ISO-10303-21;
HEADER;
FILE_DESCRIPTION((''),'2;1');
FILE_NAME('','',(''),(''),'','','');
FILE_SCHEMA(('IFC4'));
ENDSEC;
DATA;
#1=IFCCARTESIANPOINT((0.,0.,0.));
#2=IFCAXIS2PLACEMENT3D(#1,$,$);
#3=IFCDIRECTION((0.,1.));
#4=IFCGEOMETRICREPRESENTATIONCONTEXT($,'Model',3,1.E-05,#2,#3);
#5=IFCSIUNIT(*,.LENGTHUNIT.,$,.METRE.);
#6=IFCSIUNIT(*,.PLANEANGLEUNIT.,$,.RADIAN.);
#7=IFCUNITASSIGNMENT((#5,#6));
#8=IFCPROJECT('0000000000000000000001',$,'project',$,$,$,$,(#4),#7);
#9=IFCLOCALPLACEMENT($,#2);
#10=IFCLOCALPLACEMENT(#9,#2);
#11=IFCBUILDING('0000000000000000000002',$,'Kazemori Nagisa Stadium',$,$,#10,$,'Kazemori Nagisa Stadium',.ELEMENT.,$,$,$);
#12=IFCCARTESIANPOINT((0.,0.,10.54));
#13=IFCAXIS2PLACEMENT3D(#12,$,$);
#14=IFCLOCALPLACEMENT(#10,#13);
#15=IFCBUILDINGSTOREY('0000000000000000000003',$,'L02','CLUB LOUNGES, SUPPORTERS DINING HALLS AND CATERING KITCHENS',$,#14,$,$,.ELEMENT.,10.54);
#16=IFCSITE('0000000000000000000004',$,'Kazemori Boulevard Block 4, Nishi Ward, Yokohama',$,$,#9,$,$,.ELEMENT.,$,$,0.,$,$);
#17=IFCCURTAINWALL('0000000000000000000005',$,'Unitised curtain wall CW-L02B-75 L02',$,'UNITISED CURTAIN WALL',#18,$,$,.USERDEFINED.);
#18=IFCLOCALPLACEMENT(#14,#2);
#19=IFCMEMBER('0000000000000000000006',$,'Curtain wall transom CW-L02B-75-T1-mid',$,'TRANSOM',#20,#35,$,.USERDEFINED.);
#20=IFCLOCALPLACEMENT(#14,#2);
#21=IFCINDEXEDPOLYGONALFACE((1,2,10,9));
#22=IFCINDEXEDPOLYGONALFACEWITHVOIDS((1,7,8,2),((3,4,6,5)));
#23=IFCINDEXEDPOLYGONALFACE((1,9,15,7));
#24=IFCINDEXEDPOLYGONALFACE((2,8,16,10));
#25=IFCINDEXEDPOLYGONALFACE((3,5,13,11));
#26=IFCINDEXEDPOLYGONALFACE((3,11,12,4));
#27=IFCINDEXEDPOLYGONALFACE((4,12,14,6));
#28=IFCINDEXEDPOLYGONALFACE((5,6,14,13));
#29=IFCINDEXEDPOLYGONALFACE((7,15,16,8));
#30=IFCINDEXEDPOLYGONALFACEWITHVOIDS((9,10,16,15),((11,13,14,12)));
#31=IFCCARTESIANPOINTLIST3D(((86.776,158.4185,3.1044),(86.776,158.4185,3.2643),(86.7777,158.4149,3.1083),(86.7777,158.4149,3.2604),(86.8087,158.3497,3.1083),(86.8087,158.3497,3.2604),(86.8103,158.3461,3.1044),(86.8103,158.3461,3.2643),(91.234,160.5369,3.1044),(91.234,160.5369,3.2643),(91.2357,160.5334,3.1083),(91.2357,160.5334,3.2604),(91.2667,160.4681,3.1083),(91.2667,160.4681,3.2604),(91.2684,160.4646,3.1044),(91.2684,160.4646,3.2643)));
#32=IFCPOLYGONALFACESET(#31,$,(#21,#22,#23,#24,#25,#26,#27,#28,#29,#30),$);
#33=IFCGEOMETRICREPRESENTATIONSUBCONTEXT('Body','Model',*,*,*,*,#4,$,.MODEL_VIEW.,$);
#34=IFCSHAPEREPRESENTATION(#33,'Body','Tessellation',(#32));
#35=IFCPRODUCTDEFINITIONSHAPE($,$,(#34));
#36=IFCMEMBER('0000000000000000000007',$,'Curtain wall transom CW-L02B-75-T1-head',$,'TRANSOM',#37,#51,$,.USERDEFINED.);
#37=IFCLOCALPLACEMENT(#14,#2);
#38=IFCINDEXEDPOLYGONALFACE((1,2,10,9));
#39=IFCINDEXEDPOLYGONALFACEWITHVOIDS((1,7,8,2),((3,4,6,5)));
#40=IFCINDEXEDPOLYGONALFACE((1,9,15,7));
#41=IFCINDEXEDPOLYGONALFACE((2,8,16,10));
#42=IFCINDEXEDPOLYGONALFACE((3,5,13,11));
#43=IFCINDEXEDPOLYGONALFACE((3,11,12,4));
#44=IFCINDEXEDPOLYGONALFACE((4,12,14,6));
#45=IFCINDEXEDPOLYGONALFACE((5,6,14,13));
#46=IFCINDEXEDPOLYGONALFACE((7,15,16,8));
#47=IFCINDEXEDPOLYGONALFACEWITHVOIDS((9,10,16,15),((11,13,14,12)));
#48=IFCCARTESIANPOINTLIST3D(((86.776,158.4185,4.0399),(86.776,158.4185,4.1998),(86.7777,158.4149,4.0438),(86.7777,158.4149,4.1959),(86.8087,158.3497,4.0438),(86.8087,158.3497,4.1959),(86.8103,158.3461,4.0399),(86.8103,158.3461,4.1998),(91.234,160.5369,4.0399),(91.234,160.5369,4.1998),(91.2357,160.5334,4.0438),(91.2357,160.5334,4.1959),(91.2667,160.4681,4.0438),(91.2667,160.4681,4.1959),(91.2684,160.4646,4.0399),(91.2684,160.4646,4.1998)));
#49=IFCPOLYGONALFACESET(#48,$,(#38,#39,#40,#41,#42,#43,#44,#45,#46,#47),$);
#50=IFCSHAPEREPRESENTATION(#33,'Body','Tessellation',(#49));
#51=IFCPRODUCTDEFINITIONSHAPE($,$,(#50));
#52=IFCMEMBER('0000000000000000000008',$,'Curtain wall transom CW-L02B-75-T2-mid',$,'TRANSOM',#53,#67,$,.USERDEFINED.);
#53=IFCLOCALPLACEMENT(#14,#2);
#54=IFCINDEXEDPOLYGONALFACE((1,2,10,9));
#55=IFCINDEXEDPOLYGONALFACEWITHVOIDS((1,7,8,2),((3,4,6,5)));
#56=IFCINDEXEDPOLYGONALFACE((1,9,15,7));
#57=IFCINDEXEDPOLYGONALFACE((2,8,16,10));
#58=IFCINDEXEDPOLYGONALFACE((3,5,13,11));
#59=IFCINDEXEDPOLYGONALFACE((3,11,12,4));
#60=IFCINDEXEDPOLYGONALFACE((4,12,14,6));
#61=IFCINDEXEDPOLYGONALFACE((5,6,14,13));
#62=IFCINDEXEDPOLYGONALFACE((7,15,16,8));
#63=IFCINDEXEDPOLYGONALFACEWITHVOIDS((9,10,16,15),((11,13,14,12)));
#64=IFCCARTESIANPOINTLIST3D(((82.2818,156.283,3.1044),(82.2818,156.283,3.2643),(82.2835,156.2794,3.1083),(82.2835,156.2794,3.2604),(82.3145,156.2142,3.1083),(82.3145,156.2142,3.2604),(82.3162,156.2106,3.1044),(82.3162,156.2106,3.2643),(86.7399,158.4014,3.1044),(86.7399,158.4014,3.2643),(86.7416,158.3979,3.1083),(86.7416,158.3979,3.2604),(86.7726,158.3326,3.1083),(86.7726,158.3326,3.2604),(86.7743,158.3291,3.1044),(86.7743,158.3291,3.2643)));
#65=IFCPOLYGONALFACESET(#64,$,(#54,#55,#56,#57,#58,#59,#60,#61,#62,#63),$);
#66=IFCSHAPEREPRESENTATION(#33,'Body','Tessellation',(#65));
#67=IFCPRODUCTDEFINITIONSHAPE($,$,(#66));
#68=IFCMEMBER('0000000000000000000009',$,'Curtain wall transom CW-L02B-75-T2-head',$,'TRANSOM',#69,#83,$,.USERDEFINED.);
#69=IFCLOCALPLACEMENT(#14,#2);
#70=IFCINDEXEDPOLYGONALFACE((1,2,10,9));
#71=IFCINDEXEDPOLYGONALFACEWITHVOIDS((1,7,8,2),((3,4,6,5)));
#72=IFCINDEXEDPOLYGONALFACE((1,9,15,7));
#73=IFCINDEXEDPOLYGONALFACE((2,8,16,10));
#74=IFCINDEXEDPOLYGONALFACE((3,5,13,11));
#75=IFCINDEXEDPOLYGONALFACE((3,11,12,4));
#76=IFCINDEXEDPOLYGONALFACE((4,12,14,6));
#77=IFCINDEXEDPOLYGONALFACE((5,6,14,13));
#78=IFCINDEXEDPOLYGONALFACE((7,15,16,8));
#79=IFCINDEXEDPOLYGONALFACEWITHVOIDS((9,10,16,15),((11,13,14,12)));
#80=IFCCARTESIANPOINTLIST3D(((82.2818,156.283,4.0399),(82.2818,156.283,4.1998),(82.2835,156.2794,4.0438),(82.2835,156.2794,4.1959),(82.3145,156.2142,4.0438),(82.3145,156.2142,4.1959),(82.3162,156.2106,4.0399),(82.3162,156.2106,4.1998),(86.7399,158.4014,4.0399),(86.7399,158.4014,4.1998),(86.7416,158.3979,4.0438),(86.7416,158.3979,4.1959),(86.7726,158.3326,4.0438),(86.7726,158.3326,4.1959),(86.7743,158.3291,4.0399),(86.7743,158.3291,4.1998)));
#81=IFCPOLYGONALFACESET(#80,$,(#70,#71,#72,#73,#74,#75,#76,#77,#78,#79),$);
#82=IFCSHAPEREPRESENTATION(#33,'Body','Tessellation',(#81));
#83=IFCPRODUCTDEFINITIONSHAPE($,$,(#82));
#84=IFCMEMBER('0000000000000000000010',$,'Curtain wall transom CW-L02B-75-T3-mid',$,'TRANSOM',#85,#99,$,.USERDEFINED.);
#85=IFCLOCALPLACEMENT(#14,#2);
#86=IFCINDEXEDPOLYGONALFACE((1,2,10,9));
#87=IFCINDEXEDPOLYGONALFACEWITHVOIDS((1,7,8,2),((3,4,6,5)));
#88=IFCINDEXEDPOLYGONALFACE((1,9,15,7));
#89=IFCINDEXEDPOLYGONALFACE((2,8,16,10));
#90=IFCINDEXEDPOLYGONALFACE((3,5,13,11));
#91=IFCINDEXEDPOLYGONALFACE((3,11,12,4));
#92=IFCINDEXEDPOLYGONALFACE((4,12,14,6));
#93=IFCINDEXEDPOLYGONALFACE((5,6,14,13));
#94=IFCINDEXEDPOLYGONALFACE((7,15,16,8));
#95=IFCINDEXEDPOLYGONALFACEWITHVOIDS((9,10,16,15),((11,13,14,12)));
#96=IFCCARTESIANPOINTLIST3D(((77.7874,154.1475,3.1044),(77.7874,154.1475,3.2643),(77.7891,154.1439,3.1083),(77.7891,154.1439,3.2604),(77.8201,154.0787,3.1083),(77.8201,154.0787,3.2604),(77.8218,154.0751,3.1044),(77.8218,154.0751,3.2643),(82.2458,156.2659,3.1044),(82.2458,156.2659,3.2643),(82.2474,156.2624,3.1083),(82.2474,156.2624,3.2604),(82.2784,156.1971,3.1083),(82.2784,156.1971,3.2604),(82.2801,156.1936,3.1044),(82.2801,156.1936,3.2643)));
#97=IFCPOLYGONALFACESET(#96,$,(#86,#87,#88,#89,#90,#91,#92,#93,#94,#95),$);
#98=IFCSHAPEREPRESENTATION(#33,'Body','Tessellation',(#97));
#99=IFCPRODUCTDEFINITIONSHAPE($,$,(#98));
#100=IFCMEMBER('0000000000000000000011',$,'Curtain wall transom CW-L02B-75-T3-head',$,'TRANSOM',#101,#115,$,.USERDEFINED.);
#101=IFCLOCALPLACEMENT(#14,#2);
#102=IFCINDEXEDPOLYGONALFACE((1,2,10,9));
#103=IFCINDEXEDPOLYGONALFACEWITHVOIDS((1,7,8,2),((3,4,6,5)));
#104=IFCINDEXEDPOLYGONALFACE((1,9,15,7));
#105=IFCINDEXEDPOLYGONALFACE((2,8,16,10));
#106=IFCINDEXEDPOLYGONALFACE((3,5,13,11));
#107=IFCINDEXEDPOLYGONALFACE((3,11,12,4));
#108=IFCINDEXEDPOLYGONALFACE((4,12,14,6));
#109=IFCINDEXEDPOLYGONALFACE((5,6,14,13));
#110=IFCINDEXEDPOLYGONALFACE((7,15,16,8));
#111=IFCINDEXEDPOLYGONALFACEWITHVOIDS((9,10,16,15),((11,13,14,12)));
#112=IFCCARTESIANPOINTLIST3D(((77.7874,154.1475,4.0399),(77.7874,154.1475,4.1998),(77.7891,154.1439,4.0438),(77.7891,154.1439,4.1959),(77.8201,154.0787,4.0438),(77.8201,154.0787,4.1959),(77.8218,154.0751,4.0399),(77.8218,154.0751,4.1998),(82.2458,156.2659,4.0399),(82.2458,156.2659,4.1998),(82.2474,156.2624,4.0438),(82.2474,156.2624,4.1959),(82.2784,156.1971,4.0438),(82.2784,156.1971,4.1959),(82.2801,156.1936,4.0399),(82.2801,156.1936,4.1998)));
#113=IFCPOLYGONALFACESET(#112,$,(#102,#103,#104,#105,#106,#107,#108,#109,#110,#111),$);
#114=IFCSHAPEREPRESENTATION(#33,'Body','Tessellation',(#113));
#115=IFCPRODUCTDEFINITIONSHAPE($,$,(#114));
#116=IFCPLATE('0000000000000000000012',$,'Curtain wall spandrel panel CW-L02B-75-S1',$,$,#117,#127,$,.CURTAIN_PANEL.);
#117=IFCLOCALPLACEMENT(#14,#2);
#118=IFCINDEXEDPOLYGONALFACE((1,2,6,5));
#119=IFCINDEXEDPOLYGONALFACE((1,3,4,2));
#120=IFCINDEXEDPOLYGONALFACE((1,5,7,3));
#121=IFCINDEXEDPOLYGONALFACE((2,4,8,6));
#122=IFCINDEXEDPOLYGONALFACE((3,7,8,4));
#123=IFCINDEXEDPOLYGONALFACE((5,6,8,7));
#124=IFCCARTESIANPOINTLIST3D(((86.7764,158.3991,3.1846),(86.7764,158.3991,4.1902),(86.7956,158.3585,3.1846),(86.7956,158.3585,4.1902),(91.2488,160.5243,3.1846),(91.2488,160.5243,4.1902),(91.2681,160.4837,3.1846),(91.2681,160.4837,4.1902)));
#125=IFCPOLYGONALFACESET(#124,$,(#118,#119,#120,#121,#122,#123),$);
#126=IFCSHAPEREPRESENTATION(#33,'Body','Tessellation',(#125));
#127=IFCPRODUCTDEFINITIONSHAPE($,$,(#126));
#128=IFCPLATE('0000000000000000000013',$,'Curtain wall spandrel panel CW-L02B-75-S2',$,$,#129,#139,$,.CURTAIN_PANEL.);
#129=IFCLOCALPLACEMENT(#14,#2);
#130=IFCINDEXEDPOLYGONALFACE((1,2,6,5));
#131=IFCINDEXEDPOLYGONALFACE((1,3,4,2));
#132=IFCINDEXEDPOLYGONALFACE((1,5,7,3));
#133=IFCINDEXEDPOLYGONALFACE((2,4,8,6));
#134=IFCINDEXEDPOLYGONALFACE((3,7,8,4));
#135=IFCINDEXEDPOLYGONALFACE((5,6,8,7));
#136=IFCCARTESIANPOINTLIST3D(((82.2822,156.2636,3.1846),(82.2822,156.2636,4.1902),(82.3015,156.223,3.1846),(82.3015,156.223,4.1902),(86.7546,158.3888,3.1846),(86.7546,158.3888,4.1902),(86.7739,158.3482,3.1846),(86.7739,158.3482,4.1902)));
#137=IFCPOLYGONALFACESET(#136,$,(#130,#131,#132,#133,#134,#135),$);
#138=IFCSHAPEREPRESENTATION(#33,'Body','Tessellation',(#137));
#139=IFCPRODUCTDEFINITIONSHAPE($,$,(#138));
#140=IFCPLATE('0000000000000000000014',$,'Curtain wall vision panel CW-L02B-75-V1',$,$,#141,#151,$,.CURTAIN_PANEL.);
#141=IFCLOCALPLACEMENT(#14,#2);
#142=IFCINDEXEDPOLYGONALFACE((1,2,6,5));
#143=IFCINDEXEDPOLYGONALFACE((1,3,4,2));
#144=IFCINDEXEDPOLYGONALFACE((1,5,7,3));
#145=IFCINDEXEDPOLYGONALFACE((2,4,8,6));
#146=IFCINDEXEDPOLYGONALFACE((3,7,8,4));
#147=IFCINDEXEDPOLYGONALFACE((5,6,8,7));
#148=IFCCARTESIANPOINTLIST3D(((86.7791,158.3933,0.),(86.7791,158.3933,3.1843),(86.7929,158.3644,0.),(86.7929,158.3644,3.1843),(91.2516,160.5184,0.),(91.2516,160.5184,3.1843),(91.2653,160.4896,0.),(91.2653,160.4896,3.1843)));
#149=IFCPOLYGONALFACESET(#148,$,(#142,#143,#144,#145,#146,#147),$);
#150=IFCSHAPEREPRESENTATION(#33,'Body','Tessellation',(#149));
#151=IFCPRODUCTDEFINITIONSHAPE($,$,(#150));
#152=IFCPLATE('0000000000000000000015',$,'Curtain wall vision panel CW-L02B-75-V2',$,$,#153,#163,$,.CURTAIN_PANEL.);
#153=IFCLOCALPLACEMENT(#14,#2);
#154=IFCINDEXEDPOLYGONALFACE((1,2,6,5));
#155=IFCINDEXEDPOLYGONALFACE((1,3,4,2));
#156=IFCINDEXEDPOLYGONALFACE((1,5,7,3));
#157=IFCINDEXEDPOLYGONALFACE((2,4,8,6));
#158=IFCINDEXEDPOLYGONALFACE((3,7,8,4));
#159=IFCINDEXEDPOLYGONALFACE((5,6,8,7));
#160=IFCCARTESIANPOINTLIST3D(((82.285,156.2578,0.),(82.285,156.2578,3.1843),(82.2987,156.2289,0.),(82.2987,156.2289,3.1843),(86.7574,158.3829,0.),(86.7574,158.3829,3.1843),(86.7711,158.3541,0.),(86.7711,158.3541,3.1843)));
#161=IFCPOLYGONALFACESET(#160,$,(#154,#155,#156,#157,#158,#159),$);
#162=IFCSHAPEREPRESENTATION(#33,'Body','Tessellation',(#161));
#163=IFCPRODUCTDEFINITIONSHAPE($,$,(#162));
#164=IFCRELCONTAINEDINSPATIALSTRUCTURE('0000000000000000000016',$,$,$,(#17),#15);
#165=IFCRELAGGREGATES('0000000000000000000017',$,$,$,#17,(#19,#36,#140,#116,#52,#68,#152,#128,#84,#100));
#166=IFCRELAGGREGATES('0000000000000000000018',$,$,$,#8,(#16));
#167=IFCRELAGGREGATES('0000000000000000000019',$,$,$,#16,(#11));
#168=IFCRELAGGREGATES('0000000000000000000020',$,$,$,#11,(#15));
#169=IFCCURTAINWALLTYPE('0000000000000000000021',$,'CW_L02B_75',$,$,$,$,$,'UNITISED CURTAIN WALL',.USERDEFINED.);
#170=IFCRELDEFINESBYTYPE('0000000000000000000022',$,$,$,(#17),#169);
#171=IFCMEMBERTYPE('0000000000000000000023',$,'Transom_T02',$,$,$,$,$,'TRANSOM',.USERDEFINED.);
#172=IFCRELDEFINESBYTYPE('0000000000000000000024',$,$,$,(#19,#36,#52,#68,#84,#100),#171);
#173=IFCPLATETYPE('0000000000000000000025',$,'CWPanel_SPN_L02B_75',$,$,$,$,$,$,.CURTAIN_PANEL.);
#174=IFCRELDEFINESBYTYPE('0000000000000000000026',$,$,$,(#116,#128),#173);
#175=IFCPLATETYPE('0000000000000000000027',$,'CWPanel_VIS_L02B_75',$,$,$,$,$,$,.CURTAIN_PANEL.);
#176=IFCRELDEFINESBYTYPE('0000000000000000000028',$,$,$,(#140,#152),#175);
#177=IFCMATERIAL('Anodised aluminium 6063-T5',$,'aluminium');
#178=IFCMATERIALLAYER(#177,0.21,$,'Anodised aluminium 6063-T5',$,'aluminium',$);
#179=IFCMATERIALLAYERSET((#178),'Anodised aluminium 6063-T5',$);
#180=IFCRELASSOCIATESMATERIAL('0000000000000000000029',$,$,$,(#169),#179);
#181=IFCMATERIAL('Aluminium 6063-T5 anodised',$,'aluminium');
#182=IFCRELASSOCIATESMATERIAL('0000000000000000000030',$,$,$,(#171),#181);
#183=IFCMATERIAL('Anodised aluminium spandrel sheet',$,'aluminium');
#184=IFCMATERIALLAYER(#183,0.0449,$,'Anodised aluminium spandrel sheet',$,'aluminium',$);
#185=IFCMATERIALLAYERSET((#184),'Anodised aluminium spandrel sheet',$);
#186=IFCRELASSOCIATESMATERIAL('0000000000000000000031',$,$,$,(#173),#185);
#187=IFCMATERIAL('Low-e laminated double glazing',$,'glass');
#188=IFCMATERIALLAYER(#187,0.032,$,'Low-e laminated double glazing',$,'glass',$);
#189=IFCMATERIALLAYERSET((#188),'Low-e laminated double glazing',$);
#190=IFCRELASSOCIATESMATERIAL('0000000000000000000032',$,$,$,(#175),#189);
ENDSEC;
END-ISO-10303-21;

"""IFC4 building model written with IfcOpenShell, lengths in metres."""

from ifc_helpers import new_model, si_unit, direction, frame, origin, origin_2d, place, context, subcontext, project, spatial, rectangle, hollow_rectangle, extrude, material, layer, layer_set, material_profile, profile_set, type_object, element, aggregate, save


model = new_model("IFC4")

# Units and contexts
model_context = context("Model", 3, precision=1e-05, world=origin(), true_north=direction((0.0, 1.0)))
body_context = subcontext(model_context, "Body", "Model", "MODEL_VIEW")
ifc_project = project(units=[si_unit("LENGTHUNIT", "METRE"), si_unit("PLANEANGLEUNIT", "RADIAN")], contexts=[model_context])

# Site, building, storey
site_placement = place(None, origin())
site = spatial("IfcSite", under=ifc_project, at=site_placement, Name="Kazemori Boulevard Block 4, Nishi Ward, Yokohama", CompositionType="ELEMENT", RefElevation=0.0)
building_placement = place(site_placement, origin())
building = spatial("IfcBuilding", under=site, at=building_placement, Name="Kazemori Nagisa Stadium", LongName="Kazemori Nagisa Stadium", CompositionType="ELEMENT")
storey_placement = place(building_placement, frame((0.0, 0.0, 10.54)))
storey = spatial("IfcBuildingStorey", under=building, at=storey_placement, Name="L02", Description="CLUB LOUNGES, SUPPORTERS DINING HALLS AND CATERING KITCHENS", CompositionType="ELEMENT", Elevation=10.54)

# Curtain wall, members, plates
ifc_material_1 = material(Name="Anodised aluminium 6063-T5", Category="aluminium")
ifc_layer_1 = layer(ifc_material_1, 0.21, Name="Anodised aluminium 6063-T5", Category="aluminium")
ifc_layer_set_1 = layer_set([ifc_layer_1], Name="Anodised aluminium 6063-T5")
curtain_wall_type = type_object("IfcCurtainWallType", Name="CW_L02B_75", ElementType="UNITISED CURTAIN WALL", PredefinedType="USERDEFINED", material=ifc_layer_set_1)
curtain_wall_placement = place(storey_placement, origin())
curtain_wall = element("IfcCurtainWall", 1, at=curtain_wall_placement, inside=storey, type_object=curtain_wall_type, Name="Unitised curtain wall CW-L02B-75 L02", ObjectType="UNITISED CURTAIN WALL", PredefinedType="USERDEFINED")
ifc_material_2 = material(Name="Aluminium 6063-T5 anodised", Category="aluminium")
ifc_material_profile_1 = material_profile(ifc_material_2, hollow_rectangle(XDim=0.0801, YDim=0.1599, WallThickness=0.0039, at=origin_2d()), Name="ALU-TRAN-80x160x4")
ifc_profile_set_1 = profile_set([ifc_material_profile_1], Name="Aluminium 6063-T5 anodised")
member_type_1 = type_object("IfcMemberType", Name="Transom_T02", ElementType="TRANSOM", PredefinedType="USERDEFINED", material=ifc_profile_set_1)
member_1_placement = place(storey_placement, frame((91.2512, 160.5007, 3.1843), z_axis=(-0.90321, -0.429198, 0.0), x_axis=(0.429198, -0.90321, 0.0)))
member_1 = element("IfcMember", 2, at=member_1_placement, type_object=member_type_1, Name="Curtain wall transom CW-L02B-75-T1-mid", ObjectType="TRANSOM", PredefinedType="USERDEFINED", context=body_context, shape_type="SweptSolid", body=[
    extrude(hollow_rectangle(XDim=0.0801, YDim=0.1599, WallThickness=0.0039, at=origin_2d()), origin(), (0.0, 0.0, 1.0), 4.9358),
])
member_2_placement = place(storey_placement, frame((91.2512, 160.5007, 4.1199), z_axis=(-0.90321, -0.429198, 0.0), x_axis=(0.429198, -0.90321, 0.0)))
member_2 = element("IfcMember", 3, at=member_2_placement, type_object=member_type_1, Name="Curtain wall transom CW-L02B-75-T1-head", ObjectType="TRANSOM", PredefinedType="USERDEFINED", context=body_context, shape_type="SweptSolid", body=[
    extrude(hollow_rectangle(XDim=0.0801, YDim=0.1599, WallThickness=0.0039, at=origin_2d()), origin(), (0.0, 0.0, 1.0), 4.9358),
])
member_3_placement = place(storey_placement, frame((86.7571, 158.3652, 3.1843), z_axis=(-0.90321, -0.429198, 0.0), x_axis=(0.429198, -0.90321, 0.0)))
member_3 = element("IfcMember", 4, at=member_3_placement, type_object=member_type_1, Name="Curtain wall transom CW-L02B-75-T2-mid", ObjectType="TRANSOM", PredefinedType="USERDEFINED", context=body_context, shape_type="SweptSolid", body=[
    extrude(hollow_rectangle(XDim=0.0801, YDim=0.1599, WallThickness=0.0039, at=origin_2d()), origin(), (0.0, 0.0, 1.0), 4.9358),
])
member_4_placement = place(storey_placement, frame((86.7571, 158.3652, 4.1199), z_axis=(-0.90321, -0.429198, 0.0), x_axis=(0.429198, -0.90321, 0.0)))
member_4 = element("IfcMember", 5, at=member_4_placement, type_object=member_type_1, Name="Curtain wall transom CW-L02B-75-T2-head", ObjectType="TRANSOM", PredefinedType="USERDEFINED", context=body_context, shape_type="SweptSolid", body=[
    extrude(hollow_rectangle(XDim=0.0801, YDim=0.1599, WallThickness=0.0039, at=origin_2d()), origin(), (0.0, 0.0, 1.0), 4.9358),
])
member_5_placement = place(storey_placement, frame((82.2629, 156.2297, 3.1843), z_axis=(-0.90322, -0.429179, 0.0), x_axis=(0.429179, -0.90322, 0.0)))
member_5 = element("IfcMember", 6, at=member_5_placement, type_object=member_type_1, Name="Curtain wall transom CW-L02B-75-T3-mid", ObjectType="TRANSOM", PredefinedType="USERDEFINED", context=body_context, shape_type="SweptSolid", body=[
    extrude(hollow_rectangle(XDim=0.0801, YDim=0.1599, WallThickness=0.0039, at=origin_2d()), origin(), (0.0, 0.0, 1.0), 4.936),
])
member_6_placement = place(storey_placement, frame((82.2629, 156.2297, 4.1199), z_axis=(-0.90322, -0.429179, 0.0), x_axis=(0.429179, -0.90322, 0.0)))
member_6 = element("IfcMember", 7, at=member_6_placement, type_object=member_type_1, Name="Curtain wall transom CW-L02B-75-T3-head", ObjectType="TRANSOM", PredefinedType="USERDEFINED", context=body_context, shape_type="SweptSolid", body=[
    extrude(hollow_rectangle(XDim=0.0801, YDim=0.1599, WallThickness=0.0039, at=origin_2d()), origin(), (0.0, 0.0, 1.0), 4.936),
])
ifc_material_3 = material(Name="Anodised aluminium spandrel sheet", Category="aluminium")
ifc_layer_2 = layer(ifc_material_3, 0.0449, Name="Anodised aluminium spandrel sheet", Category="aluminium")
ifc_layer_set_2 = layer_set([ifc_layer_2], Name="Anodised aluminium spandrel sheet")
plate_type_1 = type_object("IfcPlateType", Name="CWPanel_SPN_L02B_75", PredefinedType="CURTAIN_PANEL", material=ifc_layer_set_2)
plate_1_placement = place(storey_placement, frame((89.0222, 159.4414, 3.1846), z_axis=(0.0, 0.0, 1.0), x_axis=(-0.903216, -0.429186, 0.0)))
plate_1 = element("IfcPlate", 8, at=plate_1_placement, type_object=plate_type_1, Name="Curtain wall spandrel panel CW-L02B-75-S1", PredefinedType="CURTAIN_PANEL", context=body_context, shape_type="SweptSolid", body=[
    extrude(rectangle(XDim=4.9517, YDim=0.0449, at=origin_2d()), origin(), (0.0, 0.0, 1.0), 1.0056),
])
plate_2_placement = place(storey_placement, frame((84.5281, 157.3059, 3.1846), z_axis=(0.0, 0.0, 1.0), x_axis=(-0.903216, -0.429186, 0.0)))
plate_2 = element("IfcPlate", 9, at=plate_2_placement, type_object=plate_type_1, Name="Curtain wall spandrel panel CW-L02B-75-S2", PredefinedType="CURTAIN_PANEL", context=body_context, shape_type="SweptSolid", body=[
    extrude(rectangle(XDim=4.9517, YDim=0.0449, at=origin_2d()), origin(), (0.0, 0.0, 1.0), 1.0056),
])
ifc_material_4 = material(Name="Low-e laminated double glazing", Category="glass")
ifc_layer_3 = layer(ifc_material_4, 0.032, Name="Low-e laminated double glazing", Category="glass")
ifc_layer_set_3 = layer_set([ifc_layer_3], Name="Low-e laminated double glazing")
plate_type_2 = type_object("IfcPlateType", Name="CWPanel_VIS_L02B_75", PredefinedType="CURTAIN_PANEL", material=ifc_layer_set_3)
plate_3_placement = place(storey_placement, frame((89.0222, 159.4414, 0.0), z_axis=(0.0, 0.0, 1.0), x_axis=(-0.903216, -0.429186, 0.0)))
plate_3 = element("IfcPlate", 10, at=plate_3_placement, type_object=plate_type_2, Name="Curtain wall vision panel CW-L02B-75-V1", PredefinedType="CURTAIN_PANEL", context=body_context, shape_type="SweptSolid", body=[
    extrude(rectangle(XDim=4.9517, YDim=0.032, at=origin_2d()), origin(), (0.0, 0.0, 1.0), 3.1843),
])
plate_4_placement = place(storey_placement, frame((84.5281, 157.3059, 0.0), z_axis=(0.0, 0.0, 1.0), x_axis=(-0.903216, -0.429186, 0.0)))
plate_4 = element("IfcPlate", 11, at=plate_4_placement, type_object=plate_type_2, Name="Curtain wall vision panel CW-L02B-75-V2", PredefinedType="CURTAIN_PANEL", context=body_context, shape_type="SweptSolid", body=[
    extrude(rectangle(XDim=4.9517, YDim=0.032, at=origin_2d()), origin(), (0.0, 0.0, 1.0), 3.1843),
])
aggregate(curtain_wall, [member_1, member_2, plate_3, plate_1, member_3, member_4, plate_4, plate_2, member_5, member_6])

save(model, "model.ifc")
